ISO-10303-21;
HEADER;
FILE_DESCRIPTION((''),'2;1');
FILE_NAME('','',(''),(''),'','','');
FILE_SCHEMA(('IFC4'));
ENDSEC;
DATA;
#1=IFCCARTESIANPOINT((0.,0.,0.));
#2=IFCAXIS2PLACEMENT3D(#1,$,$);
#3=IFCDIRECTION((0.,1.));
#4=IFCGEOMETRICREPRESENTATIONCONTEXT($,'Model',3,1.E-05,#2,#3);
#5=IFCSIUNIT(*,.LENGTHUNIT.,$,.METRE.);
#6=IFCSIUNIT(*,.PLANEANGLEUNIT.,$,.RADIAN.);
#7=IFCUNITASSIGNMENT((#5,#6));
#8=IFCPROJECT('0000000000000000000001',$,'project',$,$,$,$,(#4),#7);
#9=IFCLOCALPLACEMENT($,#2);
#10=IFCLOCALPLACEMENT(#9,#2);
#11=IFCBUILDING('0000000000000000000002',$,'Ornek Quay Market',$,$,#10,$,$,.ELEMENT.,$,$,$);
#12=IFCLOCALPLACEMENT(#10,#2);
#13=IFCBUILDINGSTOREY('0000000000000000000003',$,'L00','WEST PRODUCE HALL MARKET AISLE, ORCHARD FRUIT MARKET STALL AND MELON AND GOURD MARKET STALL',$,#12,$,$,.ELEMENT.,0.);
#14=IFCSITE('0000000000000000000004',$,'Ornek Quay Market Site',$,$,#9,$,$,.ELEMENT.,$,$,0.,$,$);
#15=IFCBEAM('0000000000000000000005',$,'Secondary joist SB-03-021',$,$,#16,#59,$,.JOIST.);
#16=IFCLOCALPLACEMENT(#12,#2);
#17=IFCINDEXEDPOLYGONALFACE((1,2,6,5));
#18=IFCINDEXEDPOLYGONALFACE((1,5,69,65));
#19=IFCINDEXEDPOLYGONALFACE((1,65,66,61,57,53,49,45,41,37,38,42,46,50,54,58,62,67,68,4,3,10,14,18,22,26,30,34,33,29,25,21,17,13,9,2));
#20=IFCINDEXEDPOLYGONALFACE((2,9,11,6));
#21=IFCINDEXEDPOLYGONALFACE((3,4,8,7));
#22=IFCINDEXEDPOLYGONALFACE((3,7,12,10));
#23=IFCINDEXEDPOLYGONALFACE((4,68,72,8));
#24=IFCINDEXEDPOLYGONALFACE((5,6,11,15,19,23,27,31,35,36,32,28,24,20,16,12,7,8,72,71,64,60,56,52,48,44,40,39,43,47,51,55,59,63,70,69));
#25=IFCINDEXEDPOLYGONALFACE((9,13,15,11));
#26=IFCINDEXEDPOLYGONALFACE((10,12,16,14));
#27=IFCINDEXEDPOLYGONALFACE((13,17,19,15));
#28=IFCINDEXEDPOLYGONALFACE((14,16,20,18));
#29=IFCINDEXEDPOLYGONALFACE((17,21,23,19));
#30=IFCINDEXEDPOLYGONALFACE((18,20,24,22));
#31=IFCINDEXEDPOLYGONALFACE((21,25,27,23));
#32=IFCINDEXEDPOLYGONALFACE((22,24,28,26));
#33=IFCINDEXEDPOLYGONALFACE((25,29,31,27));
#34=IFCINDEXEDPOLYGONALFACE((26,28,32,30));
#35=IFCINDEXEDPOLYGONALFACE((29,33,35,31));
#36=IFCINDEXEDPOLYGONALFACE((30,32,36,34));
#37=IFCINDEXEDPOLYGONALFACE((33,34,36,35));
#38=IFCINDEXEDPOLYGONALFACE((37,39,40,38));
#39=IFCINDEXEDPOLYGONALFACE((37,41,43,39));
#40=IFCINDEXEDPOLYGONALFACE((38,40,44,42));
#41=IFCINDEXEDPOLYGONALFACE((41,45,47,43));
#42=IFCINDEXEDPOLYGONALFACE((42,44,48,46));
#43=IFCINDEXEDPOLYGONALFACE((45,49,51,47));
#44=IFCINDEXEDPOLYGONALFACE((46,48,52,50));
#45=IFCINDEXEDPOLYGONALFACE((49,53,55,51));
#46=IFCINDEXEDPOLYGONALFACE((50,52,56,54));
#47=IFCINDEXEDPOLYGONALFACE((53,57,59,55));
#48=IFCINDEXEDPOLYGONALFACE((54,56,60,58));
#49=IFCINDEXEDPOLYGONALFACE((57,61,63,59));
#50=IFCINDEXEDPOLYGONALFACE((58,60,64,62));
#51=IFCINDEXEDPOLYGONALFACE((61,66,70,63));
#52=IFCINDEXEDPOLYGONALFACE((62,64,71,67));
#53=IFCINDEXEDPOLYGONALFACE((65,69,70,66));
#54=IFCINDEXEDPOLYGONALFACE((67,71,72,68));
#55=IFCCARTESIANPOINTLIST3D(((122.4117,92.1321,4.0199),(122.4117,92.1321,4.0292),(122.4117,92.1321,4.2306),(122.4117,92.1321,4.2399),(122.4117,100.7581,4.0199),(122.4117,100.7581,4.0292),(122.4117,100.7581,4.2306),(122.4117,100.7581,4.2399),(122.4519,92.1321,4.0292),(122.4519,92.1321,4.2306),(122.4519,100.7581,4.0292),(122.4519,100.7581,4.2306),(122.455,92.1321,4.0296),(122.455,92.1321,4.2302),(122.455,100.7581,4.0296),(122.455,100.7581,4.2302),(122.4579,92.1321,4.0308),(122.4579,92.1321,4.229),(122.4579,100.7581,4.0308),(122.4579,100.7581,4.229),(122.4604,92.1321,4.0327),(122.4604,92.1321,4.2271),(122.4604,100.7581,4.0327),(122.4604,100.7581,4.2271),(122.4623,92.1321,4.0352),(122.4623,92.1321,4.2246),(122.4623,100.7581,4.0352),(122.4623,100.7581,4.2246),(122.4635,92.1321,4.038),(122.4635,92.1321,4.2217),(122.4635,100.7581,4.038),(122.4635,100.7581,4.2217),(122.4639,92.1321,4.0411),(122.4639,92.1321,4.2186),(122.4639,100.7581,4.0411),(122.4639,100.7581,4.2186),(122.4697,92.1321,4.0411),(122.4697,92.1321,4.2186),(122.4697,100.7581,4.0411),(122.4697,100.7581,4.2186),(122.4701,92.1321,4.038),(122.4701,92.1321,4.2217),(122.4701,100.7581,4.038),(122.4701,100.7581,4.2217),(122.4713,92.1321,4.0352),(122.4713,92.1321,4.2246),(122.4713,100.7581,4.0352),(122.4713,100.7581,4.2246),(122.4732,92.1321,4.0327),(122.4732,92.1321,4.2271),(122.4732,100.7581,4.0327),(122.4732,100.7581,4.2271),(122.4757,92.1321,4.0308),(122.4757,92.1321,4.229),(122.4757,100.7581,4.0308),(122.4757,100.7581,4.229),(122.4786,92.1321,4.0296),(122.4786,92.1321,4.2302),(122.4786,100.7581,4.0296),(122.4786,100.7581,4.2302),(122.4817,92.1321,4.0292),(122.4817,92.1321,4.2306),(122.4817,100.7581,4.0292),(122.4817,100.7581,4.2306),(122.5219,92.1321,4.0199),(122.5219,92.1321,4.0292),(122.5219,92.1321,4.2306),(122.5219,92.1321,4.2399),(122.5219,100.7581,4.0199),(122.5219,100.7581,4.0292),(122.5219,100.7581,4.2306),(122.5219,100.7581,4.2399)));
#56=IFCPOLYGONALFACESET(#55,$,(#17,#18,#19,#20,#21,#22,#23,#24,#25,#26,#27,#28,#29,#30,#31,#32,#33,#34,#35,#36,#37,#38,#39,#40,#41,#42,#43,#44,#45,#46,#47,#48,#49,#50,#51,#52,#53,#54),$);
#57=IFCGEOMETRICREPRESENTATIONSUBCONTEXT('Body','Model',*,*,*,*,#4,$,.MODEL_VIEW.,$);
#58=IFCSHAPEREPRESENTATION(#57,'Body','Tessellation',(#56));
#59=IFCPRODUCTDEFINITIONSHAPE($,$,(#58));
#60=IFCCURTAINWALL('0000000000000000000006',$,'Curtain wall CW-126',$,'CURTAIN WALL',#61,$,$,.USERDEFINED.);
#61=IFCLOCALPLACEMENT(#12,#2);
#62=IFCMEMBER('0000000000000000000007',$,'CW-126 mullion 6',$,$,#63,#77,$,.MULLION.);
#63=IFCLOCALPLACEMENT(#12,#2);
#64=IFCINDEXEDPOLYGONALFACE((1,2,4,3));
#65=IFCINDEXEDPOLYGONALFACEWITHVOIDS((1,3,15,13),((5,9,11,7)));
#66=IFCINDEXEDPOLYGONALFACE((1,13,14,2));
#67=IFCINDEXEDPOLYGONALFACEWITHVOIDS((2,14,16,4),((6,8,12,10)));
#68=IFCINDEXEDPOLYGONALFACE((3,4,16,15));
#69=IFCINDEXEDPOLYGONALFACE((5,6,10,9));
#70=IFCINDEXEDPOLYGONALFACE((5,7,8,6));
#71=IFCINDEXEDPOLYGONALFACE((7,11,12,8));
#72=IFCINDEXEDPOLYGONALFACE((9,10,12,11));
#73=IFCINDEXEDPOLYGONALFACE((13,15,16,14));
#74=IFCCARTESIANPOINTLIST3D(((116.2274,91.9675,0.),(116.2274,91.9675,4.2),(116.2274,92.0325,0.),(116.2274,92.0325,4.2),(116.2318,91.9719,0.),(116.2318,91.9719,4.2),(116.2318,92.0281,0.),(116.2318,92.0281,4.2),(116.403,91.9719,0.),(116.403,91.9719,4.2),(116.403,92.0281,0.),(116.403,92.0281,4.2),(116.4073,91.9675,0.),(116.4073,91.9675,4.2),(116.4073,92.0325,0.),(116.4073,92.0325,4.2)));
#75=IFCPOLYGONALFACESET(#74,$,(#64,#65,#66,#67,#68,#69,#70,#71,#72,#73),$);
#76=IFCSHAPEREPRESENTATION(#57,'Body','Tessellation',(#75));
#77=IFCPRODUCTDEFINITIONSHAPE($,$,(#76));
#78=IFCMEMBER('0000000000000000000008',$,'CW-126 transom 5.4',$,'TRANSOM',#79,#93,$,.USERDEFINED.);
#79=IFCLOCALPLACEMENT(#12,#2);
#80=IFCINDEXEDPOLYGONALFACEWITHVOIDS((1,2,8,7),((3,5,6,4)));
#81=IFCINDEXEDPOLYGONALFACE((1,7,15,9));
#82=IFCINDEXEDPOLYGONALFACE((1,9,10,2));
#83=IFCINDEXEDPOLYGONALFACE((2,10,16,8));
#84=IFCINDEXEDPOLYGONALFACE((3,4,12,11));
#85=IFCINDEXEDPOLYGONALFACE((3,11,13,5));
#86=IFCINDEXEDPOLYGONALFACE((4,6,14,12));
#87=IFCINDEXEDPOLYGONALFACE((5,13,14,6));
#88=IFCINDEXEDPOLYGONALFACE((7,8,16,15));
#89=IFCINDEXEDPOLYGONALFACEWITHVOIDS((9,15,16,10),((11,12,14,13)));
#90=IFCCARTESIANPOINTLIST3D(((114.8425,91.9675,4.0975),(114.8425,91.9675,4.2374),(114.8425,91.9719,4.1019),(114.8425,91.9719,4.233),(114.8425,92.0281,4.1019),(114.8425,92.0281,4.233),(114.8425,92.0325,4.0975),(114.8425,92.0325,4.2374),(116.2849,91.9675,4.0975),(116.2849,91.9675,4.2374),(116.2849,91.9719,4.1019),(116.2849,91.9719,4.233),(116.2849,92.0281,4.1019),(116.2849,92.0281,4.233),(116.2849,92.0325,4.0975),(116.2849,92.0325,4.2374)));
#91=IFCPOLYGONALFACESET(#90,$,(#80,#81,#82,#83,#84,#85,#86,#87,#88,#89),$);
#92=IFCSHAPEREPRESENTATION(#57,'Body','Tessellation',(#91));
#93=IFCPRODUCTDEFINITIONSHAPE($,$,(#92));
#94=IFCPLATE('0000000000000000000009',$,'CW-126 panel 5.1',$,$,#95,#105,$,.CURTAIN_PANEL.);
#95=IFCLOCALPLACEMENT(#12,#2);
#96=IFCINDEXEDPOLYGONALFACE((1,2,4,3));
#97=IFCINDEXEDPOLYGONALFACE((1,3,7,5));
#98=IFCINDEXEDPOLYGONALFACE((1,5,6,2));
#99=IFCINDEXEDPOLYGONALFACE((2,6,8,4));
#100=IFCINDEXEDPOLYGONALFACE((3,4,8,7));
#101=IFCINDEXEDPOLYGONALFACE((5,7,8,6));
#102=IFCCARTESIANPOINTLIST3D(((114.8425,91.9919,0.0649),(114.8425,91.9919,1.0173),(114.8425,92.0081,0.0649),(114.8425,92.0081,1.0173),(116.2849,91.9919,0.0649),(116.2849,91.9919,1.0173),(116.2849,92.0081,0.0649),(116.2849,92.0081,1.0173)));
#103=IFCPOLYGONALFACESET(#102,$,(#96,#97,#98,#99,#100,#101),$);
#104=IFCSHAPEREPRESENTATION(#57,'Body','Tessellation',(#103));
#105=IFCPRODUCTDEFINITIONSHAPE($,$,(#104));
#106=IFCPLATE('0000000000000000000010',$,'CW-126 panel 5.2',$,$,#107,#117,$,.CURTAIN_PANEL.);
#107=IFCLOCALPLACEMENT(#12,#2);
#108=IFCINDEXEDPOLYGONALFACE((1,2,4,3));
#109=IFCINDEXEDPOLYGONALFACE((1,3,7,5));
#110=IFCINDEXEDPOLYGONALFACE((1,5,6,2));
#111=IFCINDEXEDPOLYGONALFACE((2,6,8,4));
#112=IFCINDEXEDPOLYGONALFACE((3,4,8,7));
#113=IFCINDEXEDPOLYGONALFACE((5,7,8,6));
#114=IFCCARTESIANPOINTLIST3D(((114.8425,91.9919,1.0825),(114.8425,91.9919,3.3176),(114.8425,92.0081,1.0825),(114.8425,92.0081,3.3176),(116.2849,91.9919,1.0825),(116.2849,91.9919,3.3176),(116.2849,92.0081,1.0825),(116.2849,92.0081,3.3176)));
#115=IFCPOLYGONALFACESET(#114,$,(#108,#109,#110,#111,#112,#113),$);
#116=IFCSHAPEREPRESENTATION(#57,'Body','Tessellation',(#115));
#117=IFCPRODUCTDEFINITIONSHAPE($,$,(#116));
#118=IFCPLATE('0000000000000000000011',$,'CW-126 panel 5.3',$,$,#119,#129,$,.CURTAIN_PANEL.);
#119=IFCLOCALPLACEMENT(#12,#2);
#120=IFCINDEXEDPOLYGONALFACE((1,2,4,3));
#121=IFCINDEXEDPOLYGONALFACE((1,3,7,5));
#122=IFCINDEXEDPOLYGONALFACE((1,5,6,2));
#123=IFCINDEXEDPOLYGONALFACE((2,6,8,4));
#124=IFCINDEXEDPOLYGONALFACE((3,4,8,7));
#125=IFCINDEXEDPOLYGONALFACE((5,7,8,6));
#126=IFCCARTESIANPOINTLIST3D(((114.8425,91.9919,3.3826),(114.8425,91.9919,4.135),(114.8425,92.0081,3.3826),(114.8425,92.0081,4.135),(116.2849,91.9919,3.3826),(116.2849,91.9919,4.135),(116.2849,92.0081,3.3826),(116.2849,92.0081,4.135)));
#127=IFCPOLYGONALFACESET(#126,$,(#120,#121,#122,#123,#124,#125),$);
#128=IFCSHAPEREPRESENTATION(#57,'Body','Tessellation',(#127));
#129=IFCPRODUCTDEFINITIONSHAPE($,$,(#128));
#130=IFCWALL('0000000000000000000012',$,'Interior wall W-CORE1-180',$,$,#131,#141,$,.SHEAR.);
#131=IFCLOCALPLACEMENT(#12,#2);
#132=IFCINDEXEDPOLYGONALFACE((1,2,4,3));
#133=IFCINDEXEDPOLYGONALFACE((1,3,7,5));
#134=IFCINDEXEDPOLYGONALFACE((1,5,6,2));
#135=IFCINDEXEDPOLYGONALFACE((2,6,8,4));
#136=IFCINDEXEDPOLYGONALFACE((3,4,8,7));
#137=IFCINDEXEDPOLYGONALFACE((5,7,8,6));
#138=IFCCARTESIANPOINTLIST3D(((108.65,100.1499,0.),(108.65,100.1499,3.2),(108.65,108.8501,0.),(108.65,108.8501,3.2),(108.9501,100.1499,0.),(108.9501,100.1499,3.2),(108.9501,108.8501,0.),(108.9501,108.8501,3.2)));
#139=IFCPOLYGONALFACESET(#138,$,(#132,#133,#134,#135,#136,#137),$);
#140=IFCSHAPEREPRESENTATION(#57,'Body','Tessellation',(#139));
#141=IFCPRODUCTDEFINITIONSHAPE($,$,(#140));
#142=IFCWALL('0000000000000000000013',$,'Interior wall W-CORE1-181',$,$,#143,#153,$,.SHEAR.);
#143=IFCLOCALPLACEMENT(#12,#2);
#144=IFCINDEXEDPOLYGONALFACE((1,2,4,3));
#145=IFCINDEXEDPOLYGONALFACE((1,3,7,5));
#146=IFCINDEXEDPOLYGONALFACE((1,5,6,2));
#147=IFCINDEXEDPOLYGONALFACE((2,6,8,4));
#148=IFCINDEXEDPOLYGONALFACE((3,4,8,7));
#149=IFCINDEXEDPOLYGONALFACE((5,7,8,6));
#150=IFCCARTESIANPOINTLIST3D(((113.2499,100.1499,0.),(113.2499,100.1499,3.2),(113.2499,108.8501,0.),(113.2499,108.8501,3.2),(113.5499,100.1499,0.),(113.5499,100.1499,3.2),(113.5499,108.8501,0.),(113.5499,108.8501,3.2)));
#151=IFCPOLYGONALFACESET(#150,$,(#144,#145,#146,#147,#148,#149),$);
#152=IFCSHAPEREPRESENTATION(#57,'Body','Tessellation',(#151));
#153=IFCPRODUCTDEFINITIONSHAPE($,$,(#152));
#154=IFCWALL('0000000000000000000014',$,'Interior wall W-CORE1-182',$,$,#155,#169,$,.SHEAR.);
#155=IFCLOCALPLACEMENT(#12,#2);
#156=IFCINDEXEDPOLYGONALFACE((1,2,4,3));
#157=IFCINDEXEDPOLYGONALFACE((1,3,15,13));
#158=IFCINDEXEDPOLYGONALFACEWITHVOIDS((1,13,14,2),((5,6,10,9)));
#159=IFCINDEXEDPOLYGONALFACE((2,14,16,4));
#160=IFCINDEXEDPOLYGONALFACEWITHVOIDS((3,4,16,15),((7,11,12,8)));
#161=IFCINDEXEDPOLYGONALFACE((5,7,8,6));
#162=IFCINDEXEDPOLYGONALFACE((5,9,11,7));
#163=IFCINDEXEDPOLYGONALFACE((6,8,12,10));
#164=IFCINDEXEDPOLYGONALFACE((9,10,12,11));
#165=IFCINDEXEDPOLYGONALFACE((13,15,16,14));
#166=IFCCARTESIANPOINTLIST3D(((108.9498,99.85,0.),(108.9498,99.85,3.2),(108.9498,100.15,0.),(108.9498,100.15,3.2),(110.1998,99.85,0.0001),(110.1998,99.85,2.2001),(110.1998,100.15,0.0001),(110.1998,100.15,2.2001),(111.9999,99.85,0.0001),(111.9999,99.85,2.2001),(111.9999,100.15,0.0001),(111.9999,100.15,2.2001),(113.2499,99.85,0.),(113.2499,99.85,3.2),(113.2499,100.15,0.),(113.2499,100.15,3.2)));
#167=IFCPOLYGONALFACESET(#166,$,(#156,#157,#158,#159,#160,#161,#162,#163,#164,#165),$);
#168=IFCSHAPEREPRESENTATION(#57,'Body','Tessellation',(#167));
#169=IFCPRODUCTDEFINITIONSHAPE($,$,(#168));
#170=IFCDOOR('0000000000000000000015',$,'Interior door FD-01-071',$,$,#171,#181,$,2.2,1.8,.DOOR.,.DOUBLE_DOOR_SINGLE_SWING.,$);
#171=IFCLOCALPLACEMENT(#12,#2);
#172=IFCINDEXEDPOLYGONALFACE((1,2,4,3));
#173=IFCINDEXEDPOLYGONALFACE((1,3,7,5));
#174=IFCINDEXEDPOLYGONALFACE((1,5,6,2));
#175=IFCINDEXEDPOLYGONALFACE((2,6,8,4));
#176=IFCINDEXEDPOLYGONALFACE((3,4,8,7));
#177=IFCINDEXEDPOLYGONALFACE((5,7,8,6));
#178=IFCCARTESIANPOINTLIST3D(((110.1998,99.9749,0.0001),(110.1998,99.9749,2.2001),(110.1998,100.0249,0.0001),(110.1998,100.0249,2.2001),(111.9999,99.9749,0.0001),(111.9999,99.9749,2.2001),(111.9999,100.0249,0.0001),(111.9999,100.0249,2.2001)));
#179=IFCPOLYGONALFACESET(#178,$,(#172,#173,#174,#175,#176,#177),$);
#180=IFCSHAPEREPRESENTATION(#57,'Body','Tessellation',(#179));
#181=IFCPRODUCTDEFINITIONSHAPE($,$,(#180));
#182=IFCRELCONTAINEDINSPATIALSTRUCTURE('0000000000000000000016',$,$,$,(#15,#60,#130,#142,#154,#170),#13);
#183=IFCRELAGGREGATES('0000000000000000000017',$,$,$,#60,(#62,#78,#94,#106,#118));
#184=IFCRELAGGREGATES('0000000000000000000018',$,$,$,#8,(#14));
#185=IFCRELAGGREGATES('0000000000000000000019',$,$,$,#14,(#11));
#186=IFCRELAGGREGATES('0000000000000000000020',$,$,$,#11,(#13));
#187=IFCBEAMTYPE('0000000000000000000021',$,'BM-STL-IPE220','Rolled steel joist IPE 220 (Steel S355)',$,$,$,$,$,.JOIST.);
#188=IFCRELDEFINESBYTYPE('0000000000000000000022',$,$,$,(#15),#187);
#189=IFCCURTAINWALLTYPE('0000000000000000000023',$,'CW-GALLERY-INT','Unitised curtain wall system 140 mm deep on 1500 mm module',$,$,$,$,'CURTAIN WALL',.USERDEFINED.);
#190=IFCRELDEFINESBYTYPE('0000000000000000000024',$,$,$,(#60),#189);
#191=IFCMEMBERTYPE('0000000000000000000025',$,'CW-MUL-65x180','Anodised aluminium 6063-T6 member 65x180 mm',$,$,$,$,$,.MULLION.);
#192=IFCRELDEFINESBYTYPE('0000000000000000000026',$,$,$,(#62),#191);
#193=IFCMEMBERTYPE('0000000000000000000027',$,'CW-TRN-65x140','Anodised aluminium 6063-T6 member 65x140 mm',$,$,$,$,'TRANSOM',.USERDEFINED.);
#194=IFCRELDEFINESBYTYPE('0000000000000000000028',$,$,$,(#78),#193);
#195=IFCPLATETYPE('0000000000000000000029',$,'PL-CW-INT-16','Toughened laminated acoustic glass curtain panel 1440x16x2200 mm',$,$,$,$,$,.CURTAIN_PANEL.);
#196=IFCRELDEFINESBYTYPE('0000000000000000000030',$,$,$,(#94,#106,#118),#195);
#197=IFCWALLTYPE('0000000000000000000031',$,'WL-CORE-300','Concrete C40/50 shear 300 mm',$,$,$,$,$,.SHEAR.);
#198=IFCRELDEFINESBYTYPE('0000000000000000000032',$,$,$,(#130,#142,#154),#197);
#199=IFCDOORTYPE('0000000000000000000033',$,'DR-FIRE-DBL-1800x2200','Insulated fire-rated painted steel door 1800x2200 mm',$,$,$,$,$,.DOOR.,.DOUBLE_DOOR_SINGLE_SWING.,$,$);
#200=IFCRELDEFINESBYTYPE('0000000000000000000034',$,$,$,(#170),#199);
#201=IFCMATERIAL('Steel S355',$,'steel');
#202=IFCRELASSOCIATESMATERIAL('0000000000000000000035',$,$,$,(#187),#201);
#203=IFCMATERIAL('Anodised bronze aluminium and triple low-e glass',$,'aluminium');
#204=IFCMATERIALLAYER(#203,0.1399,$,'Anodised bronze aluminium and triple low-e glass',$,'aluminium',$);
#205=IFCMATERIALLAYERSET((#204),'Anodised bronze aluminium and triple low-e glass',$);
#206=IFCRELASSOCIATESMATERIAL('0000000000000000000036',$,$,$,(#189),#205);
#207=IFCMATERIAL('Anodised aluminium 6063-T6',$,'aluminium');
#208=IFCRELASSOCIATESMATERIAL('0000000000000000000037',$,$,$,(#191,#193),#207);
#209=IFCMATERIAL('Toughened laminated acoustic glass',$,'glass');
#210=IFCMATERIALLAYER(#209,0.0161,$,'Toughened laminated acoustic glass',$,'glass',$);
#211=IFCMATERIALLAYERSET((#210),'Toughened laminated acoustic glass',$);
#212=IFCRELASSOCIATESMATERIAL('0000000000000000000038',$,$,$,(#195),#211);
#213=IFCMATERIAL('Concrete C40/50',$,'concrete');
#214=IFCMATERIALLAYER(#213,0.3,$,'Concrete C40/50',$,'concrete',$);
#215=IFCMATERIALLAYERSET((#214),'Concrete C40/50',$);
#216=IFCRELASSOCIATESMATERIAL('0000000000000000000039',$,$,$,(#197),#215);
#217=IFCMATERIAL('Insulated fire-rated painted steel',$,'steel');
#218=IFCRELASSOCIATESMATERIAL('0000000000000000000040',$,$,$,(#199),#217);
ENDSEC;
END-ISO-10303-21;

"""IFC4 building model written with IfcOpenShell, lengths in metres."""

from ifc_helpers import new_model, si_unit, direction, frame, frame_2d, origin, origin_2d, place, context, subcontext, project, spatial, rectangle, hollow_rectangle, i_section, extrude, material, layer, layer_set, material_profile, profile_set, type_object, element, fill, aggregate, save


model = new_model("IFC4")

# Units and contexts
model_context = context("Model", 3, precision=1e-05, world=origin(), true_north=direction((0.0, 1.0)))
body_context = subcontext(model_context, "Body", "Model", "MODEL_VIEW")
ifc_project = project(units=[si_unit("LENGTHUNIT", "METRE"), si_unit("PLANEANGLEUNIT", "RADIAN")], contexts=[model_context])

# Site, building, storey
site_placement = place(None, origin())
site = spatial("IfcSite", under=ifc_project, at=site_placement, Name="Ornek Quay Market Site", CompositionType="ELEMENT", RefElevation=0.0)
building_placement = place(site_placement, origin())
building = spatial("IfcBuilding", under=site, at=building_placement, Name="Ornek Quay Market", CompositionType="ELEMENT")
storey_placement = place(building_placement, origin())
storey = spatial("IfcBuildingStorey", under=building, at=storey_placement, Name="L00", Description="WEST PRODUCE HALL MARKET AISLE, ORCHARD FRUIT MARKET STALL AND MELON AND GOURD MARKET STALL", CompositionType="ELEMENT", Elevation=0.0)

# Shared definitions
ifc_material_1 = material(Name="Concrete C40/50", Category="concrete")

# Beam
ifc_material_2 = material(Name="Steel S355", Category="steel")
ifc_material_profile_1 = material_profile(ifc_material_2, i_section(OverallWidth=0.1101, OverallDepth=0.22, WebThickness=0.0059, FlangeThickness=0.0093, FilletRadius=0.012, at=origin_2d()), Name="IPE 220", Category="steel")
ifc_profile_set_1 = profile_set([ifc_material_profile_1], Name="Steel S355")
beam_type_1 = type_object("IfcBeamType", Name="BM-STL-IPE220", Description="Rolled steel joist IPE 220 (Steel S355)", PredefinedType="JOIST", material=ifc_profile_set_1)
for number, where, z_axis, x_axis, name in (
    (1, (122.4668, 92.1321, 4.1299), (0.0, 1.0, 0.0), (-1.0, 0.0, 0.0), "Secondary joist SB-03-021"),
):
    element("IfcBeam", number, at=place(storey_placement, frame(where, z_axis=z_axis, x_axis=x_axis)), inside=storey, type_object=beam_type_1, Name=name, PredefinedType="JOIST", context=body_context, shape_type="SweptSolid", body=[
        extrude(i_section(OverallWidth=0.1101, OverallDepth=0.22, WebThickness=0.0059, FlangeThickness=0.0093, FilletRadius=0.012, at=origin_2d()), origin(), (0.0, 0.0, 1.0), 8.626),
    ])

# Curtain wall, members, plates
ifc_material_3 = material(Name="Anodised bronze aluminium and triple low-e glass", Category="aluminium")
ifc_layer_1 = layer(ifc_material_3, 0.1399, Name="Anodised bronze aluminium and triple low-e glass", Category="aluminium")
ifc_layer_set_1 = layer_set([ifc_layer_1], Name="Anodised bronze aluminium and triple low-e glass")
curtain_wall_type = type_object("IfcCurtainWallType", Name="CW-GALLERY-INT", Description="Unitised curtain wall system 140 mm deep on 1500 mm module", ElementType="CURTAIN WALL", PredefinedType="USERDEFINED", material=ifc_layer_set_1)
curtain_wall_placement = place(storey_placement, origin())
curtain_wall = element("IfcCurtainWall", 2, at=curtain_wall_placement, inside=storey, type_object=curtain_wall_type, Name="Curtain wall CW-126", ObjectType="CURTAIN WALL", PredefinedType="USERDEFINED")
ifc_material_4 = material(Name="Anodised aluminium 6063-T6", Category="aluminium")
ifc_material_profile_2 = material_profile(ifc_material_4, hollow_rectangle(XDim=0.0649, YDim=0.1799, WallThickness=0.0044, at=origin_2d()), Name="CW-MUL-65x180", Category="aluminium")
ifc_profile_set_2 = profile_set([ifc_material_profile_2], Name="Anodised aluminium 6063-T6")
member_type_1 = type_object("IfcMemberType", Name="CW-MUL-65x180", Description="Anodised aluminium 6063-T6 member 65x180 mm", PredefinedType="MULLION", material=ifc_profile_set_2)
member_1_placement = place(storey_placement, frame((116.3174, 92.0, 0.0), z_axis=(0.0, 0.0, 1.0), x_axis=(0.0, 1.0, 0.0)))
member_1 = element("IfcMember", 3, at=member_1_placement, type_object=member_type_1, Name="CW-126 mullion 6", PredefinedType="MULLION", context=body_context, shape_type="SweptSolid", body=[
    extrude(hollow_rectangle(XDim=0.0649, YDim=0.1799, WallThickness=0.0044, at=origin_2d()), origin(), (0.0, 0.0, 1.0), 4.2),
])
ifc_material_profile_3 = material_profile(ifc_material_4, hollow_rectangle(XDim=0.0649, YDim=0.1399, WallThickness=0.0044, at=origin_2d()), Name="CW-TRN-65x140", Category="aluminium")
ifc_profile_set_3 = profile_set([ifc_material_profile_3], Name="Anodised aluminium 6063-T6")
member_type_2 = type_object("IfcMemberType", Name="CW-TRN-65x140", Description="Anodised aluminium 6063-T6 member 65x140 mm", ElementType="TRANSOM", PredefinedType="USERDEFINED", material=ifc_profile_set_3)
member_2_placement = place(storey_placement, frame((114.8425, 92.0, 4.1675), z_axis=(1.0, 0.0, 0.0), x_axis=(0.0, 1.0, 0.0)))
member_2 = element("IfcMember", 4, at=member_2_placement, type_object=member_type_2, Name="CW-126 transom 5.4", ObjectType="TRANSOM", PredefinedType="USERDEFINED", context=body_context, shape_type="SweptSolid", body=[
    extrude(hollow_rectangle(XDim=0.0649, YDim=0.1399, WallThickness=0.0044, at=origin_2d()), origin(), (0.0, 0.0, 1.0), 1.4424),
])
ifc_material_5 = material(Name="Toughened laminated acoustic glass", Category="glass")
ifc_layer_2 = layer(ifc_material_5, 0.0161, Name="Toughened laminated acoustic glass", Category="glass")
ifc_layer_set_2 = layer_set([ifc_layer_2], Name="Toughened laminated acoustic glass")
plate_type = type_object("IfcPlateType", Name="PL-CW-INT-16", Description="Toughened laminated acoustic glass curtain panel 1440x16x2200 mm", PredefinedType="CURTAIN_PANEL", material=ifc_layer_set_2)
plate_1_placement = place(storey_placement, frame((115.5637, 92.0, 0.0649), z_axis=(0.0, 0.0, 1.0), x_axis=(1.0, 0.0, 0.0)))
plate_1 = element("IfcPlate", 5, at=plate_1_placement, type_object=plate_type, Name="CW-126 panel 5.1", PredefinedType="CURTAIN_PANEL", context=body_context, shape_type="SweptSolid", body=[
    extrude(rectangle(XDim=1.4424, YDim=0.0161, at=origin_2d()), origin(), (0.0, 0.0, 1.0), 0.9524),
])
plate_2_placement = place(storey_placement, frame((115.5637, 92.0, 1.0825), z_axis=(0.0, 0.0, 1.0), x_axis=(1.0, 0.0, 0.0)))
plate_2 = element("IfcPlate", 6, at=plate_2_placement, type_object=plate_type, Name="CW-126 panel 5.2", PredefinedType="CURTAIN_PANEL", context=body_context, shape_type="SweptSolid", body=[
    extrude(rectangle(XDim=1.4424, YDim=0.0161, at=origin_2d()), origin(), (0.0, 0.0, 1.0), 2.2351),
])
plate_3_placement = place(storey_placement, frame((115.5637, 92.0, 3.3826), z_axis=(0.0, 0.0, 1.0), x_axis=(1.0, 0.0, 0.0)))
plate_3 = element("IfcPlate", 7, at=plate_3_placement, type_object=plate_type, Name="CW-126 panel 5.3", PredefinedType="CURTAIN_PANEL", context=body_context, shape_type="SweptSolid", body=[
    extrude(rectangle(XDim=1.4424, YDim=0.0161, at=origin_2d()), origin(), (0.0, 0.0, 1.0), 0.7524),
])
aggregate(curtain_wall, [member_1, member_2, plate_1, plate_2, plate_3])

# Walls
ifc_layer_3 = layer(ifc_material_1, 0.3, Name="Concrete C40/50", Category="concrete")
ifc_layer_set_3 = layer_set([ifc_layer_3], Name="Concrete C40/50")
wall_type = type_object("IfcWallType", Name="WL-CORE-300", Description="Concrete C40/50 shear 300 mm", PredefinedType="SHEAR", material=ifc_layer_set_3)
for number, where, z_axis, x_axis, name in (
    (8, (108.8, 100.1499, 0.0), (0.0, 0.0, 1.0), (0.0, 1.0, 0.0), "Interior wall W-CORE1-180"),
    (9, (113.3999, 100.1499, 0.0), (0.0, 0.0, 1.0), (0.0, 1.0, 0.0), "Interior wall W-CORE1-181"),
):
    element("IfcWall", number, at=place(storey_placement, frame(where, z_axis=z_axis, x_axis=x_axis)), inside=storey, type_object=wall_type, Name=name, PredefinedType="SHEAR", context=body_context, shape_type="SweptSolid", body=[
        extrude(rectangle(XDim=8.7002, YDim=0.3, at=frame_2d((4.3501, 0.0))), origin(), (0.0, 0.0, 1.0), 3.2),
    ])

# Wall, opening, door
wall_placement = place(storey_placement, frame((108.95, 100.0, 0.0), z_axis=(0.0, 0.0, 1.0), x_axis=(1.0, 0.0, 0.0)))
wall = element("IfcWall", 10, at=wall_placement, inside=storey, type_object=wall_type, Name="Interior wall W-CORE1-182", PredefinedType="SHEAR", context=body_context, shape_type="SweptSolid", body=[
    extrude(rectangle(XDim=4.3, YDim=0.3, at=frame_2d((2.1499, 0.0))), origin(), (0.0, 0.0, 1.0), 3.2),
])
opening_placement = place(wall_placement, frame((1.25, 0.0, 0.0)))
opening = element("IfcOpeningElement", 11, at=opening_placement, cuts=wall, PredefinedType="OPENING", context=body_context, shape_type="SweptSolid", body=[
    extrude(rectangle(XDim=1.8, YDim=2.2, at=frame_2d((0.8999, 1.1001))), frame((0.0, 0.1599, 0.0), z_axis=(0.0, -1.0, 0.0), x_axis=(1.0, 0.0, 0.0)), (0.0, 0.0, 1.0), 0.3201),
])
ifc_material_6 = material(Name="Insulated fire-rated painted steel", Category="steel")
door_type = type_object("IfcDoorType", Name="DR-FIRE-DBL-1800x2200", Description="Insulated fire-rated painted steel door 1800x2200 mm", OperationType="DOUBLE_DOOR_SINGLE_SWING", PredefinedType="DOOR", material=ifc_material_6)
door_placement = place(opening_placement, origin())
door = element("IfcDoor", 12, at=door_placement, inside=storey, type_object=door_type, Name="Interior door FD-01-071", OperationType="DOUBLE_DOOR_SINGLE_SWING", OverallHeight=2.2, OverallWidth=1.8, PredefinedType="DOOR", context=body_context, shape_type="SweptSolid", body=[
    extrude(rectangle(XDim=1.8, YDim=2.2, at=frame_2d((0.8999, 1.1001))), frame((0.0, 0.0249, 0.0), z_axis=(0.0, -1.0, 0.0), x_axis=(1.0, 0.0, 0.0)), (0.0, 0.0, 1.0), 0.05),
])
fill(opening, door)

save(model, "model.ifc")
